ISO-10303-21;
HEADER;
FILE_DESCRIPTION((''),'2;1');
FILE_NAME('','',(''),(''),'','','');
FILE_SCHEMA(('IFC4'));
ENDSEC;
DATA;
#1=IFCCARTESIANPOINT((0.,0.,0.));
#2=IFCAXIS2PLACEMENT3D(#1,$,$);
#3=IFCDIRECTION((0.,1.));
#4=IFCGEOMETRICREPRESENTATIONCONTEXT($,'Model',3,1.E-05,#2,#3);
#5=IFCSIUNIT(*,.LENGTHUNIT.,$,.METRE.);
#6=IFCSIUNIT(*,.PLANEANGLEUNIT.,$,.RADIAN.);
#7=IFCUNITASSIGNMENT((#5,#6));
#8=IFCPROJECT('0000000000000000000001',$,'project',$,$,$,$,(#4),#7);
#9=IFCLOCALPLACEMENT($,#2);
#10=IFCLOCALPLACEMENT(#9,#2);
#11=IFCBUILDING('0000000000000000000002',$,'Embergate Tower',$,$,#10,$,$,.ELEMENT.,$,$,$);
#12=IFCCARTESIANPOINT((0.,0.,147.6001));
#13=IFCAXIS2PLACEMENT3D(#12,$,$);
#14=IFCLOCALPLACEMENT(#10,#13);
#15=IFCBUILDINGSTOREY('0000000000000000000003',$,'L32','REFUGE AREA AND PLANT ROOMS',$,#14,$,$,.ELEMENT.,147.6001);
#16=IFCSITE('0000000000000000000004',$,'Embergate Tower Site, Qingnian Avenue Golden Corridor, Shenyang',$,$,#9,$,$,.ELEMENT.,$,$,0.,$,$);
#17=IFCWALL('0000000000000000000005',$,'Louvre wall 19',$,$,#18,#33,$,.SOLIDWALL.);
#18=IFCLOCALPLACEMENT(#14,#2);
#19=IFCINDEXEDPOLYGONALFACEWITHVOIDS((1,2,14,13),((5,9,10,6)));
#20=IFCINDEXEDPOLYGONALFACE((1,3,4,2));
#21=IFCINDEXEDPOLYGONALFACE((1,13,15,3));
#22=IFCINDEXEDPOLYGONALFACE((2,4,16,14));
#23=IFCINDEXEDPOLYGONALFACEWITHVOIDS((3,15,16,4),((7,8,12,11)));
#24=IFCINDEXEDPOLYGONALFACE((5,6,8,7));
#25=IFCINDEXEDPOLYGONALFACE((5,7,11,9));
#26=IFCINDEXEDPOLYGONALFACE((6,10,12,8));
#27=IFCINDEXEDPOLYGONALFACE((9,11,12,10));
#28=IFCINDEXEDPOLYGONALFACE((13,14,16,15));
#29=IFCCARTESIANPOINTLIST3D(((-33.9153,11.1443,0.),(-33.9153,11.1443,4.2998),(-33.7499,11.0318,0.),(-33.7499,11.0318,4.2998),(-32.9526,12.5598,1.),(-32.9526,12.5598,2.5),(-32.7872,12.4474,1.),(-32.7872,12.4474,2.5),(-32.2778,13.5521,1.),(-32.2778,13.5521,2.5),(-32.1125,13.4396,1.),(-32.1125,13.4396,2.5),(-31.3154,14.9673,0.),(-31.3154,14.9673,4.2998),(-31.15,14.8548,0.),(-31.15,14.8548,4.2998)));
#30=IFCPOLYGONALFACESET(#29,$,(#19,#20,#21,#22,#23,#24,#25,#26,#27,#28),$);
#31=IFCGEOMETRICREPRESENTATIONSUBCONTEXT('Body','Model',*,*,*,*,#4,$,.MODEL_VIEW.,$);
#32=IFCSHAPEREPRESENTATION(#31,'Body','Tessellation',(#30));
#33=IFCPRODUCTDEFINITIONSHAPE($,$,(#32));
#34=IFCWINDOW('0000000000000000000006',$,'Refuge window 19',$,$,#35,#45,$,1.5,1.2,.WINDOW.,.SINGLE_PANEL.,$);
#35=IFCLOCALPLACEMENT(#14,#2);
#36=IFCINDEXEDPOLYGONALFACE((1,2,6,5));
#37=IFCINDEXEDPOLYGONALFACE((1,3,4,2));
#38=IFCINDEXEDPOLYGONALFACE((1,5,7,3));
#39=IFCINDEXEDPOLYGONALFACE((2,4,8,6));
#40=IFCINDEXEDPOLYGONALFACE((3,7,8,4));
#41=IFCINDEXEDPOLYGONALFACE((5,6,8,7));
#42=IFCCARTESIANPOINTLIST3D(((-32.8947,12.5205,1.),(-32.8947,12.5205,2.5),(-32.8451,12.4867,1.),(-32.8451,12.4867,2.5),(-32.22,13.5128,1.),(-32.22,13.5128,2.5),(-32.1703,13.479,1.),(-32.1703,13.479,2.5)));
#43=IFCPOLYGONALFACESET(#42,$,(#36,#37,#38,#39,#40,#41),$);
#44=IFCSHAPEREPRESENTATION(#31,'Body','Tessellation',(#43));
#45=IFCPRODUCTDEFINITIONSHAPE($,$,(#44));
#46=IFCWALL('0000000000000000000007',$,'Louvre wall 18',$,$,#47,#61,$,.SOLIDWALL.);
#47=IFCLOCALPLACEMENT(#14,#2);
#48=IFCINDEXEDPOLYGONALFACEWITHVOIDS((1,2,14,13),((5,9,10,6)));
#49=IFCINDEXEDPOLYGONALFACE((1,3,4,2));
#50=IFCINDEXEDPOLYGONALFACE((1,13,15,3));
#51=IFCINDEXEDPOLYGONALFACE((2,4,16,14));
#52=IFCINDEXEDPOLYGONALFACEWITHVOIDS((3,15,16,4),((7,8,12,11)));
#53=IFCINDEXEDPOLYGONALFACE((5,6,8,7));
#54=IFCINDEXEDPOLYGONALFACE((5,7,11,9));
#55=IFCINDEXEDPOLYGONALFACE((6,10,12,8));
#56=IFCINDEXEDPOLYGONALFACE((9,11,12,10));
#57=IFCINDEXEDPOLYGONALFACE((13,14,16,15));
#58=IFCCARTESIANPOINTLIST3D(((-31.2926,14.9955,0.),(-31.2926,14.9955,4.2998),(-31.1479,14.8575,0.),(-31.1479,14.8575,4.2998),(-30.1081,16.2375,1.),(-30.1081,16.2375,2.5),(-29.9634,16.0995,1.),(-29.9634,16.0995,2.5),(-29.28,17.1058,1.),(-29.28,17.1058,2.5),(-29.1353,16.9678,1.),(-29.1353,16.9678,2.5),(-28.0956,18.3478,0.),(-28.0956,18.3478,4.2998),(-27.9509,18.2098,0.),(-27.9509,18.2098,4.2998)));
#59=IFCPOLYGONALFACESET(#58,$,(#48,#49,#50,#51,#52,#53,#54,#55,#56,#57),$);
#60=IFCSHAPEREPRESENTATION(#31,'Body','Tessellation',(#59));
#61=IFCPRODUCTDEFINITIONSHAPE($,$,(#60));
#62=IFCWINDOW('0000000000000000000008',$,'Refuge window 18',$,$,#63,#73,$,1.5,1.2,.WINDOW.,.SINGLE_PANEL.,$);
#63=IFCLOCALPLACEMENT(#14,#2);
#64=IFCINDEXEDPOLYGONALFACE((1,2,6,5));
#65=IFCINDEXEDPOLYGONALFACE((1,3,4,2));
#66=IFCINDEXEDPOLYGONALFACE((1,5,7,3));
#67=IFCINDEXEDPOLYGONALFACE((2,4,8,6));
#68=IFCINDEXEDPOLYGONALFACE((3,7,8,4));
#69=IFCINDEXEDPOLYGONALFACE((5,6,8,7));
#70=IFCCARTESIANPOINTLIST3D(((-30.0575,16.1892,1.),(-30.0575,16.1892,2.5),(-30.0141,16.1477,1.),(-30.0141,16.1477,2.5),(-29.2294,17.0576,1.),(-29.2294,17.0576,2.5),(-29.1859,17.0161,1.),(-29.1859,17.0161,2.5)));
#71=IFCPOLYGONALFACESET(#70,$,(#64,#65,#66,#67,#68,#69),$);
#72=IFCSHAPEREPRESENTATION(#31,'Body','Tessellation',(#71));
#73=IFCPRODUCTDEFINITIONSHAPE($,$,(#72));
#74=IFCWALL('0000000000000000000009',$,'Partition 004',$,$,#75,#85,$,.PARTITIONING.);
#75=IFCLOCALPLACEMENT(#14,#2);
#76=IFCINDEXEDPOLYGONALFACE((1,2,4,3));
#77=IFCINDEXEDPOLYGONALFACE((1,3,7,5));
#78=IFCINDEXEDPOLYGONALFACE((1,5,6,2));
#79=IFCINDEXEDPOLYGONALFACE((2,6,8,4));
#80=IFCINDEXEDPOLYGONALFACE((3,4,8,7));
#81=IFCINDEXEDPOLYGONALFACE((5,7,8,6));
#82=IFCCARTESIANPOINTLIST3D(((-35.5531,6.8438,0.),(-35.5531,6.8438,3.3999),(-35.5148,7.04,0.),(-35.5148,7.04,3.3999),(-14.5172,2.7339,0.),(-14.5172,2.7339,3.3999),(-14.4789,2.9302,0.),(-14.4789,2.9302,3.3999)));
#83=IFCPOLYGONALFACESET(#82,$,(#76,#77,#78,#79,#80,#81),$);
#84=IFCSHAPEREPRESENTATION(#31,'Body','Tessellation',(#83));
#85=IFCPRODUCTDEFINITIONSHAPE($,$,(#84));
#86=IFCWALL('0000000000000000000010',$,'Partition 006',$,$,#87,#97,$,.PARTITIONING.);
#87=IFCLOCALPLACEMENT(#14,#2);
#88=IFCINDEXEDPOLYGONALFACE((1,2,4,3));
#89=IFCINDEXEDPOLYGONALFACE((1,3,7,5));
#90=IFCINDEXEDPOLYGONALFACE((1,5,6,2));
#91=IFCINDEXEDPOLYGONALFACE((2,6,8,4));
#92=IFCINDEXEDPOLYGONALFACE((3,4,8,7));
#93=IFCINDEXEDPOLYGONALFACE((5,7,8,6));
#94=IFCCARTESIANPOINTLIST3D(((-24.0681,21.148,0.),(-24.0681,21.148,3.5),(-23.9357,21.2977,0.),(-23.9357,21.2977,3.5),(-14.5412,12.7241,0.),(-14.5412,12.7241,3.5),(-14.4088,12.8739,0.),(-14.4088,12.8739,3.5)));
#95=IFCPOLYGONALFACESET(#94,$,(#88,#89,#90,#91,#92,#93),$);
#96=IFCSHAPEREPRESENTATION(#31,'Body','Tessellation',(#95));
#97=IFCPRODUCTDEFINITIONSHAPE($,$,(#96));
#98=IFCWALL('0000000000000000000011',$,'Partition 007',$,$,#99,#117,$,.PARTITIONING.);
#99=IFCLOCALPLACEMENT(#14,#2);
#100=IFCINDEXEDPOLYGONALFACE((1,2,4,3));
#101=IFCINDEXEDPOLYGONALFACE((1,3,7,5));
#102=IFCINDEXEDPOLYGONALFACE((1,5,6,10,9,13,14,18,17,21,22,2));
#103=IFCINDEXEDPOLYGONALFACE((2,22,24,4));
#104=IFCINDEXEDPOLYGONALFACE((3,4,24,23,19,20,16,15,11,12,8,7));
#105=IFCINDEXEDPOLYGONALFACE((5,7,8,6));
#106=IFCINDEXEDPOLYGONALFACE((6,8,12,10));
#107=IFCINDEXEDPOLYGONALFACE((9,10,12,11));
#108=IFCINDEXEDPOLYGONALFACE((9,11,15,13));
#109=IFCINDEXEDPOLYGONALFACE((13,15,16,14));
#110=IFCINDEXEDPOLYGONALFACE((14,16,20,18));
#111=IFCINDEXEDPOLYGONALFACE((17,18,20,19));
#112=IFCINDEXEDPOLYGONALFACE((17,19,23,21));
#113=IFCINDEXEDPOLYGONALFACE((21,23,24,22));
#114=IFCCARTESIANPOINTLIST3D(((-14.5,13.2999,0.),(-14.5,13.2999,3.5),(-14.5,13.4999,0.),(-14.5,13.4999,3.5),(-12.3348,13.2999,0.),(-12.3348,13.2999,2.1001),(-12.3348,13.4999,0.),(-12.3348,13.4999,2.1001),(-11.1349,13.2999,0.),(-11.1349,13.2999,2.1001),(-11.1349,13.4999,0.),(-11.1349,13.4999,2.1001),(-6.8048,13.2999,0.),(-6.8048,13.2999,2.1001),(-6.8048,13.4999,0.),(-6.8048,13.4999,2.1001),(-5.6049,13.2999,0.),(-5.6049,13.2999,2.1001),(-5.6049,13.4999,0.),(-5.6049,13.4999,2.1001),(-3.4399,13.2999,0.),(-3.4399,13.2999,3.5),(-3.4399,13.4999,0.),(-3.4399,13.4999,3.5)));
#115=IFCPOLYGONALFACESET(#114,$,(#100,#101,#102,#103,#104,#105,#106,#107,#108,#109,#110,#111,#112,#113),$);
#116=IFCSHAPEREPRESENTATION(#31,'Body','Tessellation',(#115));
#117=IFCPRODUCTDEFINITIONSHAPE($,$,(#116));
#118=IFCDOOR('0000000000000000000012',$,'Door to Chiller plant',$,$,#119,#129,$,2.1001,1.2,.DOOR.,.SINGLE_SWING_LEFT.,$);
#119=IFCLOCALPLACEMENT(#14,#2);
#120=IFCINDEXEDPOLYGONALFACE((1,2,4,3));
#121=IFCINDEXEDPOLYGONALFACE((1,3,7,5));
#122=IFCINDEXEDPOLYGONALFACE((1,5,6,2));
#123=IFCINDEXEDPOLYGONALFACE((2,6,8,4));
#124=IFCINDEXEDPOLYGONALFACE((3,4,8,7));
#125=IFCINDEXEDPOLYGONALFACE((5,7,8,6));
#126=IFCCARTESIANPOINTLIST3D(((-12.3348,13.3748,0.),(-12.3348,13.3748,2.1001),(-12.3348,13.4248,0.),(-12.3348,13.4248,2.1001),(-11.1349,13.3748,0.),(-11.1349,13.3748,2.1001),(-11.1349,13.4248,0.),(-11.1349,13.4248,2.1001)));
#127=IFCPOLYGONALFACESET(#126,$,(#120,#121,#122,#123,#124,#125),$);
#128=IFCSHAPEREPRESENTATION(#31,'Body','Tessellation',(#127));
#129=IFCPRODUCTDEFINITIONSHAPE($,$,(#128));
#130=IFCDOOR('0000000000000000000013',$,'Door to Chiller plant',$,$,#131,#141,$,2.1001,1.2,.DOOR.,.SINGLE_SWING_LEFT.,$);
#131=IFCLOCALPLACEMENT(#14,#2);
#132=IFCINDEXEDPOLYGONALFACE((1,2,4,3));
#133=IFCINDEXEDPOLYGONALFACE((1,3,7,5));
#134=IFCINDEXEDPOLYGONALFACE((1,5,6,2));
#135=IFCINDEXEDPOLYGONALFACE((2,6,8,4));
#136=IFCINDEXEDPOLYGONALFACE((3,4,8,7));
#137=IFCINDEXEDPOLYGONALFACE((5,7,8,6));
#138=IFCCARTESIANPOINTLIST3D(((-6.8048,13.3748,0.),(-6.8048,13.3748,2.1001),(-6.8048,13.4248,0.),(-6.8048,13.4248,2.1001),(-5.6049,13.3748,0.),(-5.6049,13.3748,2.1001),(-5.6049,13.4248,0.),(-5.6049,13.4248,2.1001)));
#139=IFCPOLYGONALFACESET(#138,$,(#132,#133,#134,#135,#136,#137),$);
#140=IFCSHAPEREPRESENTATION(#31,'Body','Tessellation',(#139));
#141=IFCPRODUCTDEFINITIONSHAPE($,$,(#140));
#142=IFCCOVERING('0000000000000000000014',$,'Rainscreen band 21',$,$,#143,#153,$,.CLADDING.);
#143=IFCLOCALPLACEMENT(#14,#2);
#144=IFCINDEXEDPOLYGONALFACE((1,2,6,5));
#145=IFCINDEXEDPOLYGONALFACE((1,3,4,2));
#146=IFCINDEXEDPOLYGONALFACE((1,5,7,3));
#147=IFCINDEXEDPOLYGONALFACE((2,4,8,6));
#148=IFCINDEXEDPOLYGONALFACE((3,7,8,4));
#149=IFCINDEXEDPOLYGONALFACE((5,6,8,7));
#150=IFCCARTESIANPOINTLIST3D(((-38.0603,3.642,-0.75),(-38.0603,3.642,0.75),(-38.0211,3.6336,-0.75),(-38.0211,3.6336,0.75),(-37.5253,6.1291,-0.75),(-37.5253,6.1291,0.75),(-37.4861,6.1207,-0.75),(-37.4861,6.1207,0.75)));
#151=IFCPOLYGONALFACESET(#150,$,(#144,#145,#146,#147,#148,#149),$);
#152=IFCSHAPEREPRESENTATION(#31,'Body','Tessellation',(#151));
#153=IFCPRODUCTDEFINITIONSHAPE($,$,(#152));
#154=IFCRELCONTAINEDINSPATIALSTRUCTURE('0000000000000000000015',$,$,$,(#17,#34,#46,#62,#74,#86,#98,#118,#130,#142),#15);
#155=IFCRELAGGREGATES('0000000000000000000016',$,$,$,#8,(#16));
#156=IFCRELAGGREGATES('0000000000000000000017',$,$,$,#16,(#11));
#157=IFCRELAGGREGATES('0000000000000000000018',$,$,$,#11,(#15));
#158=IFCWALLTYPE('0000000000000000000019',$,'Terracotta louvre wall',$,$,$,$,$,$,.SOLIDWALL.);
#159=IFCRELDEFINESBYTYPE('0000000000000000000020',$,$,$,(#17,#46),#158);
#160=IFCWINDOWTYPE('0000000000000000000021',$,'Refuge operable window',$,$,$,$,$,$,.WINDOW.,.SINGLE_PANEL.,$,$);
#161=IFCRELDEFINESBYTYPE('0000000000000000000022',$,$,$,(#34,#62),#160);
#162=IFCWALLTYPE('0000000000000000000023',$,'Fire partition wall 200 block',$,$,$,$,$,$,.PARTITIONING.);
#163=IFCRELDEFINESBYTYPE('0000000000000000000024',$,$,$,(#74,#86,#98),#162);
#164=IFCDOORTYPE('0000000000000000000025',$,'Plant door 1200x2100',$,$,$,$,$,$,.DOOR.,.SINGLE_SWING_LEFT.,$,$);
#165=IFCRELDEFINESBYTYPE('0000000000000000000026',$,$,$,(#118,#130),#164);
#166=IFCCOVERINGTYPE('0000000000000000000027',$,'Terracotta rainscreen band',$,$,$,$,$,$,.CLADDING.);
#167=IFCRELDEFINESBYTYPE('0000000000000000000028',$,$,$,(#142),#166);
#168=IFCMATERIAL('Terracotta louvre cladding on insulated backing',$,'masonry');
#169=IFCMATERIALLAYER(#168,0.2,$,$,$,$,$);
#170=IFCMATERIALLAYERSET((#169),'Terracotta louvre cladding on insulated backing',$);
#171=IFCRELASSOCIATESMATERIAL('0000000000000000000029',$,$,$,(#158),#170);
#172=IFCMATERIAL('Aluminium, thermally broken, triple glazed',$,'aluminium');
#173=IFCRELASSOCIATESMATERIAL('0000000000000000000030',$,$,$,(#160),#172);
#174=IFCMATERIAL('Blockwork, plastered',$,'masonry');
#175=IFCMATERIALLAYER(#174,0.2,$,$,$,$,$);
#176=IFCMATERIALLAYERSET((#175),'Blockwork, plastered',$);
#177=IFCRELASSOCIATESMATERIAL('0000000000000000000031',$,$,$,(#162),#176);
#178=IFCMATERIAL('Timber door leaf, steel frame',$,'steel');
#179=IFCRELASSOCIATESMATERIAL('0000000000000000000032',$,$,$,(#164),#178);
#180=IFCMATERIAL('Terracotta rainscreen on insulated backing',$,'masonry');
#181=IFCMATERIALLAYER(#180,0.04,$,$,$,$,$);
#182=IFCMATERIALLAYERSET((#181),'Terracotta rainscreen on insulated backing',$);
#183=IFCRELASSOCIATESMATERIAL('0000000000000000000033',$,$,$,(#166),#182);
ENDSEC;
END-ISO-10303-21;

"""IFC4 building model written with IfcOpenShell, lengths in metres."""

from ifc_helpers import new_model, si_unit, direction, frame, frame_2d, origin, origin_2d, place, context, subcontext, project, spatial, rectangle, extrude, source, transform, mapped, material, layer, layer_set, type_object, element, fill, save


model = new_model("IFC4")

# Units and contexts
model_context = context("Model", 3, precision=1e-05, world=origin(), true_north=direction((0.0, 1.0)))
body_context = subcontext(model_context, "Body", "Model", "MODEL_VIEW")
ifc_project = project(units=[si_unit("LENGTHUNIT", "METRE"), si_unit("PLANEANGLEUNIT", "RADIAN")], contexts=[model_context])

# Site, building, storey
site_placement = place(None, origin())
site = spatial("IfcSite", under=ifc_project, at=site_placement, Name="Embergate Tower Site, Qingnian Avenue Golden Corridor, Shenyang", CompositionType="ELEMENT", RefElevation=0.0)
building_placement = place(site_placement, origin())
building = spatial("IfcBuilding", under=site, at=building_placement, Name="Embergate Tower", CompositionType="ELEMENT")
storey_placement = place(building_placement, frame((0.0, 0.0, 147.6001)))
storey = spatial("IfcBuildingStorey", under=building, at=storey_placement, Name="L32", Description="REFUGE AREA AND PLANT ROOMS", CompositionType="ELEMENT", Elevation=147.6001)

# Walls, openings, windows
ifc_material_1 = material(Name="Terracotta louvre cladding on insulated backing", Category="masonry")
ifc_layer_1 = layer(ifc_material_1, 0.2)
ifc_layer_set_1 = layer_set([ifc_layer_1], Name="Terracotta louvre cladding on insulated backing")
wall_type_1 = type_object("IfcWallType", Name="Terracotta louvre wall", PredefinedType="SOLIDWALL", material=ifc_layer_set_1)
shared_shape_1 = source(origin(), body_context, "Body", "SweptSolid", [
    extrude(rectangle(XDim=1.2, YDim=1.5, at=frame_2d((0.6001, 0.75))), frame((0.0, 0.1099, 0.0), z_axis=(0.0, -1.0, 0.0), x_axis=(1.0, 0.0, 0.0)), (0.0, 0.0, 1.0), 0.22),
])
ifc_material_2 = material(Name="Aluminium, thermally broken, triple glazed", Category="aluminium")
window_type = type_object("IfcWindowType", Name="Refuge operable window", PartitioningType="SINGLE_PANEL", PredefinedType="WINDOW", material=ifc_material_2)
shared_shape_2 = source(origin(), body_context, "Body", "SweptSolid", [
    extrude(rectangle(XDim=1.2, YDim=1.5, at=frame_2d((0.6001, 0.75))), frame((0.0, 0.03, 0.0), z_axis=(0.0, -1.0, 0.0), x_axis=(1.0, 0.0, 0.0)), (0.0, 0.0, 1.0), 0.0601),
])
shared_shape_3 = source(origin(), body_context, "Body", "SweptSolid", [
    extrude(rectangle(XDim=4.6233, YDim=0.2, at=frame_2d((2.3115, 0.0))), origin(), (0.0, 0.0, 1.0), 4.2998),
])
wall_1_placement = place(storey_placement, frame((-33.8325, 11.0881, 0.0), z_axis=(0.0, 0.0, 1.0), x_axis=(0.562342, 0.826905, 0.0)))
wall_1 = element("IfcWall", 1, at=wall_1_placement, inside=storey, type_object=wall_type_1, Name="Louvre wall 19", PredefinedType="SOLIDWALL", context=body_context, shape_type="MappedRepresentation", body=[
    mapped(shared_shape_3, transform((0.0, 0.0, 0.0))),
])
opening_1_placement = place(wall_1_placement, frame((1.7117, 0.0, 1.0)))
opening_1 = element("IfcOpeningElement", 2, at=opening_1_placement, cuts=wall_1, PredefinedType="OPENING", context=body_context, shape_type="MappedRepresentation", body=[
    mapped(shared_shape_1, transform((0.0, 0.0, 0.0))),
])
window_1_placement = place(opening_1_placement, origin())
window_1 = element("IfcWindow", 3, at=window_1_placement, inside=storey, type_object=window_type, Name="Refuge window 19", OverallHeight=1.5, OverallWidth=1.2, PartitioningType="SINGLE_PANEL", PredefinedType="WINDOW", context=body_context, shape_type="MappedRepresentation", body=[
    mapped(shared_shape_2, transform((0.0, 0.0, 0.0))),
])
fill(opening_1, window_1)
shared_shape_4 = source(origin(), body_context, "Body", "SweptSolid", [
    extrude(rectangle(XDim=4.6323, YDim=0.2, at=frame_2d((2.3162, 0.0))), origin(), (0.0, 0.0, 1.0), 4.2998),
])
wall_2_placement = place(storey_placement, frame((-31.2202, 14.9265, 0.0), z_axis=(0.0, 0.0, 1.0), x_axis=(0.690149, 0.723668, 0.0)))
wall_2 = element("IfcWall", 4, at=wall_2_placement, inside=storey, type_object=wall_type_1, Name="Louvre wall 18", PredefinedType="SOLIDWALL", context=body_context, shape_type="MappedRepresentation", body=[
    mapped(shared_shape_4, transform((0.0, 0.0, 0.0))),
])
opening_2_placement = place(wall_2_placement, frame((1.7161, 0.0, 1.0)))
opening_2 = element("IfcOpeningElement", 5, at=opening_2_placement, cuts=wall_2, PredefinedType="OPENING", context=body_context, shape_type="MappedRepresentation", body=[
    mapped(shared_shape_1, transform((0.0, 0.0, 0.0))),
])
window_2_placement = place(opening_2_placement, origin())
window_2 = element("IfcWindow", 6, at=window_2_placement, inside=storey, type_object=window_type, Name="Refuge window 18", OverallHeight=1.5, OverallWidth=1.2, PartitioningType="SINGLE_PANEL", PredefinedType="WINDOW", context=body_context, shape_type="MappedRepresentation", body=[
    mapped(shared_shape_2, transform((0.0, 0.0, 0.0))),
])
fill(opening_2, window_2)

# Wall
ifc_material_3 = material(Name="Blockwork, plastered", Category="masonry")
ifc_layer_2 = layer(ifc_material_3, 0.2)
ifc_layer_set_2 = layer_set([ifc_layer_2], Name="Blockwork, plastered")
wall_type_2 = type_object("IfcWallType", Name="Fire partition wall 200 block", PredefinedType="PARTITIONING", material=ifc_layer_set_2)
shared_shape_5 = source(origin(), body_context, "Body", "SweptSolid", [
    extrude(rectangle(XDim=21.4336, YDim=0.2, at=frame_2d((10.7168, 0.0))), origin(), (0.0, 0.0, 1.0), 3.3999),
])
wall_3_placement = place(storey_placement, frame((-14.498, 2.832, 0.0), z_axis=(0.0, 0.0, 1.0), x_axis=(-0.981444, 0.191749, 0.0)))
element("IfcWall", 7, at=wall_3_placement, inside=storey, type_object=wall_type_2, Name="Partition 004", PredefinedType="PARTITIONING", context=body_context, shape_type="MappedRepresentation", body=[
    mapped(shared_shape_5, transform((0.0, 0.0, 0.0))),
])

# Shared definitions
ifc_material_4 = material(Name="Timber door leaf, steel frame", Category="steel")

# Wall
shared_shape_6 = source(origin(), body_context, "Body", "SweptSolid", [
    extrude(rectangle(XDim=12.717, YDim=0.2, at=frame_2d((6.3584, 0.0))), origin(), (0.0, 0.0, 1.0), 3.5),
])
wall_4_placement = place(storey_placement, frame((-14.4751, 12.7991, 0.0), z_axis=(0.0, 0.0, 1.0), x_axis=(-0.749144, 0.662407, 0.0)))
element("IfcWall", 8, at=wall_4_placement, inside=storey, type_object=wall_type_2, Name="Partition 006", PredefinedType="PARTITIONING", context=body_context, shape_type="MappedRepresentation", body=[
    mapped(shared_shape_6, transform((0.0, 0.0, 0.0))),
])

# Wall, openings, doors
shared_shape_7 = source(origin(), body_context, "Body", "SweptSolid", [
    extrude(rectangle(XDim=11.0601, YDim=0.2, at=frame_2d((5.53, 0.0))), origin(), (0.0, 0.0, 1.0), 3.5),
])
wall_5_placement = place(storey_placement, frame((-14.5, 13.3999, 0.0), z_axis=(0.0, 0.0, 1.0), x_axis=(1.0, 0.0, 0.0)))
wall_5 = element("IfcWall", 9, at=wall_5_placement, inside=storey, type_object=wall_type_2, Name="Partition 007", PredefinedType="PARTITIONING", context=body_context, shape_type="MappedRepresentation", body=[
    mapped(shared_shape_7, transform((0.0, 0.0, 0.0))),
])
shared_shape_8 = source(origin(), body_context, "Body", "SweptSolid", [
    extrude(rectangle(XDim=1.2, YDim=2.1001, at=frame_2d((0.6001, 1.05))), frame((0.0, 0.1099, 0.0), z_axis=(0.0, -1.0, 0.0), x_axis=(1.0, 0.0, 0.0)), (0.0, 0.0, 1.0), 0.22),
])
opening_3_placement = place(wall_5_placement, frame((2.165, 0.0, 0.0)))
opening_3 = element("IfcOpeningElement", 10, at=opening_3_placement, cuts=wall_5, PredefinedType="OPENING", context=body_context, shape_type="MappedRepresentation", body=[
    mapped(shared_shape_8, transform((0.0, 0.0, 0.0))),
])
opening_4_placement = place(wall_5_placement, frame((7.6951, 0.0, 0.0)))
opening_4 = element("IfcOpeningElement", 11, at=opening_4_placement, cuts=wall_5, PredefinedType="OPENING", context=body_context, shape_type="MappedRepresentation", body=[
    mapped(shared_shape_8, transform((0.0, 0.0, 0.0))),
])
door_type_1 = type_object("IfcDoorType", Name="Plant door 1200x2100", OperationType="SINGLE_SWING_LEFT", PredefinedType="DOOR", material=ifc_material_4)
shared_shape_9 = source(origin(), body_context, "Body", "SweptSolid", [
    extrude(rectangle(XDim=1.2, YDim=2.1001, at=frame_2d((0.6001, 1.05))), frame((0.0, 0.0249, 0.0), z_axis=(0.0, -1.0, 0.0), x_axis=(1.0, 0.0, 0.0)), (0.0, 0.0, 1.0), 0.05),
])
door_1_placement = place(opening_3_placement, origin())
door_1 = element("IfcDoor", 12, at=door_1_placement, inside=storey, type_object=door_type_1, Name="Door to Chiller plant", OperationType="SINGLE_SWING_LEFT", OverallHeight=2.1001, OverallWidth=1.2, PredefinedType="DOOR", context=body_context, shape_type="MappedRepresentation", body=[
    mapped(shared_shape_9, transform((0.0, 0.0, 0.0))),
])
fill(opening_3, door_1)
door_2_placement = place(opening_4_placement, origin())
door_2 = element("IfcDoor", 13, at=door_2_placement, inside=storey, type_object=door_type_1, Name="Door to Chiller plant", OperationType="SINGLE_SWING_LEFT", OverallHeight=2.1001, OverallWidth=1.2, PredefinedType="DOOR", context=body_context, shape_type="MappedRepresentation", body=[
    mapped(shared_shape_9, transform((0.0, 0.0, 0.0))),
])
fill(opening_4, door_2)

# Covering
ifc_material_5 = material(Name="Terracotta rainscreen on insulated backing", Category="masonry")
ifc_layer_3 = layer(ifc_material_5, 0.04)
ifc_layer_set_3 = layer_set([ifc_layer_3], Name="Terracotta rainscreen on insulated backing")
covering_type = type_object("IfcCoveringType", Name="Terracotta rainscreen band", PredefinedType="CLADDING", material=ifc_layer_set_3)
shared_shape_10 = source(origin(), body_context, "Body", "SweptSolid", [
    extrude(rectangle(XDim=2.5439, YDim=0.04, at=origin_2d()), origin(), (0.0, 0.0, 1.0), 1.5),
])
covering_1_placement = place(storey_placement, frame((-37.7732, 4.8813, -0.75), z_axis=(0.0, 0.0, 1.0), x_axis=(-0.210308, -0.977635, 0.0)))
element("IfcCovering", 14, at=covering_1_placement, inside=storey, type_object=covering_type, Name="Rainscreen band 21", PredefinedType="CLADDING", context=body_context, shape_type="MappedRepresentation", body=[
    mapped(shared_shape_10, transform((0.0, 0.0, 0.0))),
])

save(model, "model.ifc")
